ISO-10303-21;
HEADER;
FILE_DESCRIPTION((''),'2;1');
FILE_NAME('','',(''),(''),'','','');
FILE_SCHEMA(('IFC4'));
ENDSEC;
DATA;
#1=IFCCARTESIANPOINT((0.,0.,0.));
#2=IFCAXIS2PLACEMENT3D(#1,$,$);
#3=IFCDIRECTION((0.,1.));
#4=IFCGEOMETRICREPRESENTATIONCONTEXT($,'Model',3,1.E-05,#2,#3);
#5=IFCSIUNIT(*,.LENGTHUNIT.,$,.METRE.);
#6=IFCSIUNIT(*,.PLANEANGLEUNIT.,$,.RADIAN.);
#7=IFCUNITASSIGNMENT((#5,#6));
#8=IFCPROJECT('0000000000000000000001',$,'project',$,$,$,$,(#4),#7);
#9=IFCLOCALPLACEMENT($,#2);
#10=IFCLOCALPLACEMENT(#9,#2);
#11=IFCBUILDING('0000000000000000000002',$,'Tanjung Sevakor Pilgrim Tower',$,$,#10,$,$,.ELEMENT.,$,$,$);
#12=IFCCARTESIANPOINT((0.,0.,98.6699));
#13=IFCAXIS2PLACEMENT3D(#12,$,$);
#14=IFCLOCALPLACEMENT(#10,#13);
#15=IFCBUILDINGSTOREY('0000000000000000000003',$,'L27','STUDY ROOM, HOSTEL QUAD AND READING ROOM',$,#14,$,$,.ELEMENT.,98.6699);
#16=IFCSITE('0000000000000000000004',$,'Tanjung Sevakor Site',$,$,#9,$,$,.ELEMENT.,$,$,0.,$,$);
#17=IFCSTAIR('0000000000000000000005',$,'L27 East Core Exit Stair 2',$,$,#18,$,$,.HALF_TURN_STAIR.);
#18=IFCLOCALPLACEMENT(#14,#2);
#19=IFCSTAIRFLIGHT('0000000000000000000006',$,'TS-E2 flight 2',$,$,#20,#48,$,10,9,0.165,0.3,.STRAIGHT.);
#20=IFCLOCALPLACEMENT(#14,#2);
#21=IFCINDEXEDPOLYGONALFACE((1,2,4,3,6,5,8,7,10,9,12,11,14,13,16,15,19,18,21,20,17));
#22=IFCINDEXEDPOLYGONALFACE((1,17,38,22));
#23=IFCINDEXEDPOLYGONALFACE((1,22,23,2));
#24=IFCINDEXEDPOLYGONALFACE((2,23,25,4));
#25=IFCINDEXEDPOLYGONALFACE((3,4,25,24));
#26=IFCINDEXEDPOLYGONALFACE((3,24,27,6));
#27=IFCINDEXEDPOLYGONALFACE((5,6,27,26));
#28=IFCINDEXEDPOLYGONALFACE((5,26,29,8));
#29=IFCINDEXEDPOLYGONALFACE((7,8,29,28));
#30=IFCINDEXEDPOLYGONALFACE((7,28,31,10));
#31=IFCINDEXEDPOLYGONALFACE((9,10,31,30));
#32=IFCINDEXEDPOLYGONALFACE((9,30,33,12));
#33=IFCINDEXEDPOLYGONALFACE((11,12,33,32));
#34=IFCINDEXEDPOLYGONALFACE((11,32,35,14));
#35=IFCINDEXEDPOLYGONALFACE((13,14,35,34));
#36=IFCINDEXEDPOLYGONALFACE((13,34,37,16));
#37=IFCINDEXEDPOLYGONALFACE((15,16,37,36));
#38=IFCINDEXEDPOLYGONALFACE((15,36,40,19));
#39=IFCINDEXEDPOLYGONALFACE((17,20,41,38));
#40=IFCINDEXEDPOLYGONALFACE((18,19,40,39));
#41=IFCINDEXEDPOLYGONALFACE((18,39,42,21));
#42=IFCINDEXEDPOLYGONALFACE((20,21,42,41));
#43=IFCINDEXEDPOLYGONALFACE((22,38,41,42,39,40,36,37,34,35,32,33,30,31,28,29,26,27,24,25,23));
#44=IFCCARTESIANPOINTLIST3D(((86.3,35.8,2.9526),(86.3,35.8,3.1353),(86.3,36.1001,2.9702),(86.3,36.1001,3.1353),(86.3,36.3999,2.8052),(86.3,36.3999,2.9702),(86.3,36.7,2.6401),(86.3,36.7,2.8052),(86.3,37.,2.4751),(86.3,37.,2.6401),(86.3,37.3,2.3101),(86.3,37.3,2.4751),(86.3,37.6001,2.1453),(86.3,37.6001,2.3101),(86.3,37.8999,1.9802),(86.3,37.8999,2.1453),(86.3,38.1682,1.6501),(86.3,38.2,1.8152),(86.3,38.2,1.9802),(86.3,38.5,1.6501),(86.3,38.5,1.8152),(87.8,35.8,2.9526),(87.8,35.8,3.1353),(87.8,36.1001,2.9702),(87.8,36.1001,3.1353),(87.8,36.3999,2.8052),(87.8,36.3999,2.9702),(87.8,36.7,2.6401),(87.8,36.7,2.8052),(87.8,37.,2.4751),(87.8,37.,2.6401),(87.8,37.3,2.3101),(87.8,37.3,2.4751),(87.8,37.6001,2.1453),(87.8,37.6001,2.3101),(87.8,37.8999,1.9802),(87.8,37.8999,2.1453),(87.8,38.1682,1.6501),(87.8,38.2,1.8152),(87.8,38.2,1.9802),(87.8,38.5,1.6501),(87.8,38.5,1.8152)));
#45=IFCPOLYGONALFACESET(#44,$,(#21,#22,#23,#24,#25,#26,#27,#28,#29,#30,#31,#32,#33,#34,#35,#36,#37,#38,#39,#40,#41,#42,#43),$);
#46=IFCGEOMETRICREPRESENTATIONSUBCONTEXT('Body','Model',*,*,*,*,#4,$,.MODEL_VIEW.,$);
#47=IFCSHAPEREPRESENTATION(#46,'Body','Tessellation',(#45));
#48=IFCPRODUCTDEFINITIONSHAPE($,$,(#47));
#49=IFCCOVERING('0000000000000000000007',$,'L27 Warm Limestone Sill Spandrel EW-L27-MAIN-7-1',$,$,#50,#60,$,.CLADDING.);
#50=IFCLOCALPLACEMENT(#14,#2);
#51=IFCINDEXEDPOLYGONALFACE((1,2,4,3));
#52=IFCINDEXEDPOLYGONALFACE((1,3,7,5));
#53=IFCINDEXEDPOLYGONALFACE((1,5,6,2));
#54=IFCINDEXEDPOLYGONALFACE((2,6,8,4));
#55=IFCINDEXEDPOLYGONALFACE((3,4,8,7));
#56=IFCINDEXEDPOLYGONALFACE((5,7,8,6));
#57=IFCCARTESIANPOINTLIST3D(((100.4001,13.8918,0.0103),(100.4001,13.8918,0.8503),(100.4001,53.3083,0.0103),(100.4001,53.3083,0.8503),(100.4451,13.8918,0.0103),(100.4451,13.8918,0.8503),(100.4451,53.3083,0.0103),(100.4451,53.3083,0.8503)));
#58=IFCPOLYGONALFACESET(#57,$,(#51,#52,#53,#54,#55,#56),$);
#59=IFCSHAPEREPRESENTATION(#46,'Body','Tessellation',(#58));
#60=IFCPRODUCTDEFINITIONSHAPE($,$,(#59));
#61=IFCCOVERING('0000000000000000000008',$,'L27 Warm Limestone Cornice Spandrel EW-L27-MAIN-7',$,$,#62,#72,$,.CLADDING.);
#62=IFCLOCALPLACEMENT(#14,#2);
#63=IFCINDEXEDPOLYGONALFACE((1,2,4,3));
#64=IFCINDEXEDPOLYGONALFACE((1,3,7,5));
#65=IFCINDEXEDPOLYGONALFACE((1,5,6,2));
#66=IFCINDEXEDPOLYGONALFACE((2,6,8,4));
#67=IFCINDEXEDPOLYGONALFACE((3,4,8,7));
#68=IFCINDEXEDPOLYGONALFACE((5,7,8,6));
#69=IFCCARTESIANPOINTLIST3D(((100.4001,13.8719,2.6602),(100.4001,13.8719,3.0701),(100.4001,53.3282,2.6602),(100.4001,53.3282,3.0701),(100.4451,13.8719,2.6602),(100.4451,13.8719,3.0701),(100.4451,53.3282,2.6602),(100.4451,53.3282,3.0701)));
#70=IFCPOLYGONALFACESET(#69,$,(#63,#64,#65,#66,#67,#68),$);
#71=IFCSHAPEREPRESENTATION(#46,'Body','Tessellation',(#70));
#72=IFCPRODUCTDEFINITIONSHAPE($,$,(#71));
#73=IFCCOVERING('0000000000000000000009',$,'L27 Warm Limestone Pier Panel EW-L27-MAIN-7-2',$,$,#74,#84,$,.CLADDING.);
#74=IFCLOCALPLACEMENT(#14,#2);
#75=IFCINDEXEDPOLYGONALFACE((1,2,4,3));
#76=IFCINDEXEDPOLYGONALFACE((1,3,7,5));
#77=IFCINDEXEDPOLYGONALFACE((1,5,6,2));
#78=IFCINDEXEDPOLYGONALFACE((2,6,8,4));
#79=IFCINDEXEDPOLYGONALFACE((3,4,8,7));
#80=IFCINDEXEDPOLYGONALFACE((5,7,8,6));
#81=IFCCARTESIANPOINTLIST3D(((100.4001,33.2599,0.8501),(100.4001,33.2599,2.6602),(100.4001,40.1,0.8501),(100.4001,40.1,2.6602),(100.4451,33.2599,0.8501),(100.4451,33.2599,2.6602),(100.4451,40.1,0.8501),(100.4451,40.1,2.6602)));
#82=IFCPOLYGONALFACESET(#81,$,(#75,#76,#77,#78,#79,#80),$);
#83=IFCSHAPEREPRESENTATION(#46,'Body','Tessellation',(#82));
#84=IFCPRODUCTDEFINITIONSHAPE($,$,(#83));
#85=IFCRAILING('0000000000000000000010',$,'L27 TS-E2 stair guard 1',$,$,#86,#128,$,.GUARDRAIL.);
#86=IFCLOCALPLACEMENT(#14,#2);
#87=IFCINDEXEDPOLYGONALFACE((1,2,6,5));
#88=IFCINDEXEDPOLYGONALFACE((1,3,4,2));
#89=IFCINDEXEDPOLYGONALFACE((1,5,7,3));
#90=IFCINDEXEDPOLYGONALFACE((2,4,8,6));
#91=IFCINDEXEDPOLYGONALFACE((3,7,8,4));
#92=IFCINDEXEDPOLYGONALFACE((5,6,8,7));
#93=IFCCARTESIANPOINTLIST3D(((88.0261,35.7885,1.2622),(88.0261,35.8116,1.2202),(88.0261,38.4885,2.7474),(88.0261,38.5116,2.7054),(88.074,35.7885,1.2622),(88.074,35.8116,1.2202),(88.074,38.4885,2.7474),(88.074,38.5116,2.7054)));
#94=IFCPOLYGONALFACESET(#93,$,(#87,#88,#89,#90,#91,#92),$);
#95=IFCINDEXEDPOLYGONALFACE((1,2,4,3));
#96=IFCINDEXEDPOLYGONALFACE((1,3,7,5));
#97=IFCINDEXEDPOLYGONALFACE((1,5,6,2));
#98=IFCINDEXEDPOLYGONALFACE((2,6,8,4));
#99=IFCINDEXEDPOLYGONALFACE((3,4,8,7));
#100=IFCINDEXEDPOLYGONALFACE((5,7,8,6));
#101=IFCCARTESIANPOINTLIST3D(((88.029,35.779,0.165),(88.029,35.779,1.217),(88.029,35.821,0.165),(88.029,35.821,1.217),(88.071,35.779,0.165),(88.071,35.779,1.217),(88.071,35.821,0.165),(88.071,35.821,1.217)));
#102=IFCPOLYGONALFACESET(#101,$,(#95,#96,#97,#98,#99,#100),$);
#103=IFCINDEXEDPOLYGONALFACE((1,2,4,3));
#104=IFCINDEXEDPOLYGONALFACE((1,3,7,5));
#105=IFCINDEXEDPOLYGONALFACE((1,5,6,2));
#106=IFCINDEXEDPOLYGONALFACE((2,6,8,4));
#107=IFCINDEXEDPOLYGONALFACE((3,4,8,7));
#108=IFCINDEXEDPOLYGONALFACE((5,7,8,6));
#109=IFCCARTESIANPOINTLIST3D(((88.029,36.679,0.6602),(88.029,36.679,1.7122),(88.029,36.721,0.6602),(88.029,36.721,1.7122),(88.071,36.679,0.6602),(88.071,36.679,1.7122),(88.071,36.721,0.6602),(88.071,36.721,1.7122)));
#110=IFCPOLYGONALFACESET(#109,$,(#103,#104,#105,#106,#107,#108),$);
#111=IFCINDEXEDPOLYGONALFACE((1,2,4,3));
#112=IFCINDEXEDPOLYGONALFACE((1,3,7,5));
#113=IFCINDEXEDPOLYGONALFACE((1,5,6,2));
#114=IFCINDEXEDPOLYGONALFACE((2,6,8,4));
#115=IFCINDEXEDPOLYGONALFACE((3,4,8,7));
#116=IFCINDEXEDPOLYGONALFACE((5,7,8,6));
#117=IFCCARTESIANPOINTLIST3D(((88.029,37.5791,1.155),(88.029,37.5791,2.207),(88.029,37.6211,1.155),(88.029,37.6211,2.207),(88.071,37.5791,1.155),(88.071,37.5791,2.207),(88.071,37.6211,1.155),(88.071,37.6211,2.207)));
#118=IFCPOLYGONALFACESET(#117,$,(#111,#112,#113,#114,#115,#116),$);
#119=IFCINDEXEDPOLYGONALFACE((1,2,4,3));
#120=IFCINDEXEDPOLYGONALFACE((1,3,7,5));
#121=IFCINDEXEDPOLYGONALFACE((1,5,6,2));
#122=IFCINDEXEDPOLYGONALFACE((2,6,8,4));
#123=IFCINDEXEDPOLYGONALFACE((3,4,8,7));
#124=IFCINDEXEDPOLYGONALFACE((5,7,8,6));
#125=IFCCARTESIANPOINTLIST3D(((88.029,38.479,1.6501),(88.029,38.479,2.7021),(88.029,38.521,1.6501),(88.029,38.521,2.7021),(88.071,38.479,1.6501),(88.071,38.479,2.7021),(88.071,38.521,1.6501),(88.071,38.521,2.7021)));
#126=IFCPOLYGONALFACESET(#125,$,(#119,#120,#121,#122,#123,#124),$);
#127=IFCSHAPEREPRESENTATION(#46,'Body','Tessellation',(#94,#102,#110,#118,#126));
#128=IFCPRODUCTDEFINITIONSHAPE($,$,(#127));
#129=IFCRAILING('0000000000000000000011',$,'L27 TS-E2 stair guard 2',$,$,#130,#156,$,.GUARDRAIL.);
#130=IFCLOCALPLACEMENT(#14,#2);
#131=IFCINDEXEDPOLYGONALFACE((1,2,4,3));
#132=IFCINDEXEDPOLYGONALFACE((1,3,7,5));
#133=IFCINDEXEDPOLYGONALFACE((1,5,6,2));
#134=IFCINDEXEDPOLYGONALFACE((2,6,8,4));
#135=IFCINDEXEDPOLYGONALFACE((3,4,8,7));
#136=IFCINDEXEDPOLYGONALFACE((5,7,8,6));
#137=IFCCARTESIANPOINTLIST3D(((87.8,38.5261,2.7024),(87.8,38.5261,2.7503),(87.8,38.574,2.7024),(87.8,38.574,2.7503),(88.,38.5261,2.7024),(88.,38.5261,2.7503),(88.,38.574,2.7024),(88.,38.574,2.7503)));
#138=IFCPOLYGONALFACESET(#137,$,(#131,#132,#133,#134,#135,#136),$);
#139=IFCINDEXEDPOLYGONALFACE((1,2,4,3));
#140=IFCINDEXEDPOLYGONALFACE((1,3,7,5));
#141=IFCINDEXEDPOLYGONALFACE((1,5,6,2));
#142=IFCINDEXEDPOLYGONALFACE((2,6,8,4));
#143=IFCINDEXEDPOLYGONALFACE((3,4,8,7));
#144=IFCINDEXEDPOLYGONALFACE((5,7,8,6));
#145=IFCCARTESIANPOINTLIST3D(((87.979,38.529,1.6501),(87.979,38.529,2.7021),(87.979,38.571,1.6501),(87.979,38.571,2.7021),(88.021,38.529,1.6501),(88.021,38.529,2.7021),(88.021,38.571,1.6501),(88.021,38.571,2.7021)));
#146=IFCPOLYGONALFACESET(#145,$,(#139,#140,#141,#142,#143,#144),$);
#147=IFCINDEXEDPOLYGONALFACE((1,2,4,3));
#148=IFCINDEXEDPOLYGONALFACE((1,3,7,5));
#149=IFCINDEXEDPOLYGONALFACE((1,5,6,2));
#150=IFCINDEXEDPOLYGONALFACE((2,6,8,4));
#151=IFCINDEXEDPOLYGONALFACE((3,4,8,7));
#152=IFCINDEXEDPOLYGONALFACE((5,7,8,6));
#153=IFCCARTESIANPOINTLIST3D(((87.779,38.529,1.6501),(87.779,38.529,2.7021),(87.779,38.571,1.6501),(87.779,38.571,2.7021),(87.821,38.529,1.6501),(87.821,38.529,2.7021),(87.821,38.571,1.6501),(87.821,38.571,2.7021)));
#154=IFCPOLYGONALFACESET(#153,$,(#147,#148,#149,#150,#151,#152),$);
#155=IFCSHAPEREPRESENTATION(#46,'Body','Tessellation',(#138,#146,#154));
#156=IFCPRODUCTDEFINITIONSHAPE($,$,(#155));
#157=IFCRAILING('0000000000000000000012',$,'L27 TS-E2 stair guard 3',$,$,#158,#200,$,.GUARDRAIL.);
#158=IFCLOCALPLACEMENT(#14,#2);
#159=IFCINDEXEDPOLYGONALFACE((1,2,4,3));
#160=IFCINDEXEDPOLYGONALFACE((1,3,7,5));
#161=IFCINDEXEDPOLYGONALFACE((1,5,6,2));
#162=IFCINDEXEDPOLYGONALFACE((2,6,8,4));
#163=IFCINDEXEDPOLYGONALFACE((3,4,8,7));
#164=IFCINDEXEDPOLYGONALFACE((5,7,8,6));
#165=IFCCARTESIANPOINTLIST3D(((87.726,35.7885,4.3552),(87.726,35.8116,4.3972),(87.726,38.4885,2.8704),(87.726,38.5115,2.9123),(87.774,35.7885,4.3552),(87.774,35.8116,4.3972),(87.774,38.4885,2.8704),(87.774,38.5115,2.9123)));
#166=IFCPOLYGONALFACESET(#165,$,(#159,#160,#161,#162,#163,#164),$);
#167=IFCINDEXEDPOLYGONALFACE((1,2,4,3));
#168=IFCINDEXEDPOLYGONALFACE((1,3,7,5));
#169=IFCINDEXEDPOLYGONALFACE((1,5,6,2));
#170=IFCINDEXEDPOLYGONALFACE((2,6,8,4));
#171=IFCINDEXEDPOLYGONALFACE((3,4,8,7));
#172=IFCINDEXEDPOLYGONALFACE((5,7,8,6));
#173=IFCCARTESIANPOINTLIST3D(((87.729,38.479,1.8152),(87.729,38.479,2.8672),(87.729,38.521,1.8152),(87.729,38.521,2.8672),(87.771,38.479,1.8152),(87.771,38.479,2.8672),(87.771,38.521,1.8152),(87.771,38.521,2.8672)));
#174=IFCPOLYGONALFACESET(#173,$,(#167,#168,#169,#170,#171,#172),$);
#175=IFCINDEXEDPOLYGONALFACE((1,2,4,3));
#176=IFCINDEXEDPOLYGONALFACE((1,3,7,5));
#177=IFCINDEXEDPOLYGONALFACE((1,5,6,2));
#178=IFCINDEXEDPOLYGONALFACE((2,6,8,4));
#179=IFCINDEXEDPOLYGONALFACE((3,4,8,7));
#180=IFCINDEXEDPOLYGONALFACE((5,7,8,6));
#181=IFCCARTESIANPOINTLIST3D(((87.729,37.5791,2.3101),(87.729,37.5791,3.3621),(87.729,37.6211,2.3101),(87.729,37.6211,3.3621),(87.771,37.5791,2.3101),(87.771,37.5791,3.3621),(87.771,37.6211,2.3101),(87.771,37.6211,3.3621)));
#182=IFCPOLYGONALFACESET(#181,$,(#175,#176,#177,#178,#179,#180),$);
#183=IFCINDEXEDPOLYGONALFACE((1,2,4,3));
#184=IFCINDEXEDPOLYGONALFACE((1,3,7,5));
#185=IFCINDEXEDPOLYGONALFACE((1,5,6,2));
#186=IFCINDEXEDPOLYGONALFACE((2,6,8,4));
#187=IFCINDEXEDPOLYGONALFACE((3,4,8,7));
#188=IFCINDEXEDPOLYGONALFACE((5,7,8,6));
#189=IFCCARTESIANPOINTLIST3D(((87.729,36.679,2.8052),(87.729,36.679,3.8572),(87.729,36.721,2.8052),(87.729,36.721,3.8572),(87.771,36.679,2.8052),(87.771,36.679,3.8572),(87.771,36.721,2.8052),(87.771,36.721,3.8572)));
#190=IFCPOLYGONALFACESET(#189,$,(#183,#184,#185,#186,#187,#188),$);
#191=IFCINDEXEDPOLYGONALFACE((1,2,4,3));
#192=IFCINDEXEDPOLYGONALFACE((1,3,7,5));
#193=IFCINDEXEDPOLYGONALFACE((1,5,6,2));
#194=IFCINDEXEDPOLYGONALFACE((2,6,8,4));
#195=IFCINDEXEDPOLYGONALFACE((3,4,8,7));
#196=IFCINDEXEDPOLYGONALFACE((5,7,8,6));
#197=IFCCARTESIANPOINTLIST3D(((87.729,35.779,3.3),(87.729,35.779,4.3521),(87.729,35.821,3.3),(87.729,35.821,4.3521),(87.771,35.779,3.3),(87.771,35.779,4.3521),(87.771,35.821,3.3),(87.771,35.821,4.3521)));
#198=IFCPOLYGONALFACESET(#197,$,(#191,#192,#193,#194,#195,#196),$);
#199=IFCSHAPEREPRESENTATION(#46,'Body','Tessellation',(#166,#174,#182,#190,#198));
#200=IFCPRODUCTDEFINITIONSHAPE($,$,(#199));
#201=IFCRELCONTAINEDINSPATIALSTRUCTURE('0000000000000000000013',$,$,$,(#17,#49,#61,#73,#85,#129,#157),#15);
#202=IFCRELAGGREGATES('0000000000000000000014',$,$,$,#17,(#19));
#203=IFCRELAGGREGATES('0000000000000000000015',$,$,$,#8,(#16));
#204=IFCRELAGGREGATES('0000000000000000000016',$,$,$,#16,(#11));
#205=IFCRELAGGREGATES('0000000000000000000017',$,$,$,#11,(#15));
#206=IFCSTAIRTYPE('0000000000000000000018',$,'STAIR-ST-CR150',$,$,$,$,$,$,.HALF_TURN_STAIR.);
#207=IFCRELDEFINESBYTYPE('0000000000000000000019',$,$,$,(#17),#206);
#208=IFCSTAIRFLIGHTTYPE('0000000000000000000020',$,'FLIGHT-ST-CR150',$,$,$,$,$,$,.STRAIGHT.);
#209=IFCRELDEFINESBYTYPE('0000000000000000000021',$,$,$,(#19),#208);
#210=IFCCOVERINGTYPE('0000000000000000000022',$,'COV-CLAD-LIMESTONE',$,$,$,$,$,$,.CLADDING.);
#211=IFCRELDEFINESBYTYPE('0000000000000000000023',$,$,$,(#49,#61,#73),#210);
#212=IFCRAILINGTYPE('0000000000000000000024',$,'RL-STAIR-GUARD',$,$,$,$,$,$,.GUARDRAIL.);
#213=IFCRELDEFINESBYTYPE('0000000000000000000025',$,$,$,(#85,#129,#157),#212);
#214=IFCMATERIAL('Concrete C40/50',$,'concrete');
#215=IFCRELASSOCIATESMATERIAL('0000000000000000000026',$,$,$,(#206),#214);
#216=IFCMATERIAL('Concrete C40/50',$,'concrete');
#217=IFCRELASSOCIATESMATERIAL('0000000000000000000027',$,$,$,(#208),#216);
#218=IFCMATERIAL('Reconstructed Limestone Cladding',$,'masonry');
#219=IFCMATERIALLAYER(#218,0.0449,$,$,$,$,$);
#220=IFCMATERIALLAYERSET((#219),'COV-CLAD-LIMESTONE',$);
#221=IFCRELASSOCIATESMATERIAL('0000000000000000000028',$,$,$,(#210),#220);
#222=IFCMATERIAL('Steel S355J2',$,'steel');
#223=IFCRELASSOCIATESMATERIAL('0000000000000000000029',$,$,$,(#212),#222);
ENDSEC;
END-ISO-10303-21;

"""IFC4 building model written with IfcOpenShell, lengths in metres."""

from ifc_helpers import new_model, si_unit, direction, frame, origin, origin_2d, place, context, subcontext, project, spatial, polyline, rectangle, outline, extrude, material, layer, layer_set, type_object, element, aggregate, save


model = new_model("IFC4")

# Units and contexts
model_context = context("Model", 3, precision=1e-05, world=origin(), true_north=direction((0.0, 1.0)))
body_context = subcontext(model_context, "Body", "Model", "MODEL_VIEW")
ifc_project = project(units=[si_unit("LENGTHUNIT", "METRE"), si_unit("PLANEANGLEUNIT", "RADIAN")], contexts=[model_context])

# Site, building, storey
site_placement = place(None, origin())
site = spatial("IfcSite", under=ifc_project, at=site_placement, Name="Tanjung Sevakor Site", CompositionType="ELEMENT", RefElevation=0.0)
building_placement = place(site_placement, origin())
building = spatial("IfcBuilding", under=site, at=building_placement, Name="Tanjung Sevakor Pilgrim Tower", CompositionType="ELEMENT")
storey_placement = place(building_placement, frame((0.0, 0.0, 98.6699)))
storey = spatial("IfcBuildingStorey", under=building, at=storey_placement, Name="L27", Description="STUDY ROOM, HOSTEL QUAD AND READING ROOM", CompositionType="ELEMENT", Elevation=98.6699)

# Stair, stair flight
ifc_material_1 = material(Name="Concrete C40/50", Category="concrete")
stair_type = type_object("IfcStairType", Name="STAIR-ST-CR150", PredefinedType="HALF_TURN_STAIR", material=ifc_material_1)
stair_placement = place(storey_placement, origin())
stair = element("IfcStair", 1, at=stair_placement, inside=storey, type_object=stair_type, Name="L27 East Core Exit Stair 2", PredefinedType="HALF_TURN_STAIR")
ifc_material_2 = material(Name="Concrete C40/50", Category="concrete")
stair_flight_type = type_object("IfcStairFlightType", Name="FLIGHT-ST-CR150", PredefinedType="STRAIGHT", material=ifc_material_2)
stair_flight_1_placement = place(storey_placement, frame((87.05, 38.5, 1.6501), z_axis=(0.0, 0.0, 1.0), x_axis=(0.0, -1.0, 0.0)))
stair_flight_1 = element("IfcStairFlight", 2, at=stair_flight_1_placement, type_object=stair_flight_type, Name="TS-E2 flight 2", NumberOfRisers=10, NumberOfTreads=9, PredefinedType="STRAIGHT", RiserHeight=0.165, TreadLength=0.3, context=body_context, shape_type="SweptSolid", body=[
    extrude(outline(polyline([(0.0, 0.0), (0.0, 0.165), (0.3, 0.165), (0.3, 0.3301), (0.6001, 0.3301), (0.6001, 0.4951), (0.8999, 0.4951), (0.8999, 0.6599), (1.2, 0.6599), (1.2, 0.825), (1.5, 0.825), (1.5, 0.99), (1.8, 0.99), (1.8, 1.155), (2.1001, 1.155), (2.1001, 1.3201), (2.3999, 1.3201), (2.3999, 1.4851), (2.7, 1.4851), (2.7, 1.6499), (2.7, 1.3025), (0.3318, 0.0), (0.0, 0.0)])), frame((0.0, 0.75, 0.0), z_axis=(0.0, -1.0, 0.0), x_axis=(1.0, 0.0, 0.0)), (0.0, 0.0, 1.0), 1.5),
])
aggregate(stair, [stair_flight_1])

# Coverings
ifc_material_3 = material(Name="Reconstructed Limestone Cladding", Category="masonry")
ifc_layer_1 = layer(ifc_material_3, 0.0449)
ifc_layer_set_1 = layer_set([ifc_layer_1], Name="COV-CLAD-LIMESTONE")
covering_type = type_object("IfcCoveringType", Name="COV-CLAD-LIMESTONE", PredefinedType="CLADDING", material=ifc_layer_set_1)
covering_1_placement = place(storey_placement, frame((100.4226, 33.6001, 0.0103), z_axis=(0.0, 0.0, 1.0), x_axis=(0.0, 1.0, 0.0)))
element("IfcCovering", 3, at=covering_1_placement, inside=storey, type_object=covering_type, Name="L27 Warm Limestone Sill Spandrel EW-L27-MAIN-7-1", PredefinedType="CLADDING", context=body_context, shape_type="SweptSolid", body=[
    extrude(rectangle(XDim=39.4165, YDim=0.0449, at=origin_2d()), origin(), (0.0, 0.0, 1.0), 0.8401),
])
covering_2_placement = place(storey_placement, frame((100.4226, 33.6001, 2.6602), z_axis=(0.0, 0.0, 1.0), x_axis=(0.0, 1.0, 0.0)))
element("IfcCovering", 4, at=covering_2_placement, inside=storey, type_object=covering_type, Name="L27 Warm Limestone Cornice Spandrel EW-L27-MAIN-7", PredefinedType="CLADDING", context=body_context, shape_type="SweptSolid", body=[
    extrude(rectangle(XDim=39.4563, YDim=0.0449, at=origin_2d()), origin(), (0.0, 0.0, 1.0), 0.4099),
])
covering_3_placement = place(storey_placement, frame((100.4226, 36.6799, 0.8501), z_axis=(0.0, 0.0, 1.0), x_axis=(0.0, 1.0, 0.0)))
element("IfcCovering", 5, at=covering_3_placement, inside=storey, type_object=covering_type, Name="L27 Warm Limestone Pier Panel EW-L27-MAIN-7-2", PredefinedType="CLADDING", context=body_context, shape_type="SweptSolid", body=[
    extrude(rectangle(XDim=6.8401, YDim=0.0449, at=origin_2d()), origin(), (0.0, 0.0, 1.0), 1.8101),
])

# Railings
ifc_material_4 = material(Name="Steel S355J2", Category="steel")
railing_type_1 = type_object("IfcRailingType", Name="RL-STAIR-GUARD", PredefinedType="GUARDRAIL", material=ifc_material_4)
railing_1_placement = place(storey_placement, frame((88.05, 35.8, 0.165)))
element("IfcRailing", 6, at=railing_1_placement, inside=storey, type_object=railing_type_1, Name="L27 TS-E2 stair guard 1", PredefinedType="GUARDRAIL", context=body_context, shape_type="SweptSolid", body=[
    extrude(rectangle(XDim=0.0479, YDim=0.0479), frame((0.0, 0.0, 1.0762), z_axis=(0.0, 0.876198, 0.481952), x_axis=(-1.0, 0.0, 0.0)), (0.0, 0.0, 1.0), 3.0815),
    extrude(rectangle(XDim=0.042, YDim=0.042), origin(), (0.0, 0.0, 1.0), 1.052),
    extrude(rectangle(XDim=0.042, YDim=0.042), frame((0.0, 0.8999, 0.4951)), (0.0, 0.0, 1.0), 1.052),
    extrude(rectangle(XDim=0.042, YDim=0.042), frame((0.0, 1.8, 0.99)), (0.0, 0.0, 1.0), 1.052),
    extrude(rectangle(XDim=0.042, YDim=0.042), frame((0.0, 2.7, 1.4851)), (0.0, 0.0, 1.0), 1.052),
])
railing_2_placement = place(storey_placement, frame((88.0, 38.55, 1.6501)))
element("IfcRailing", 7, at=railing_2_placement, inside=storey, type_object=railing_type_1, Name="L27 TS-E2 stair guard 2", PredefinedType="GUARDRAIL", context=body_context, shape_type="SweptSolid", body=[
    extrude(rectangle(XDim=0.0479, YDim=0.0479), frame((0.0, 0.0, 1.0762), z_axis=(-1.0, 0.0, 0.0), x_axis=(0.0, -1.0, 0.0)), (0.0, 0.0, 1.0), 0.2),
    extrude(rectangle(XDim=0.042, YDim=0.042), origin(), (0.0, 0.0, 1.0), 1.052),
    extrude(rectangle(XDim=0.042, YDim=0.042), frame((-0.2, 0.0, 0.0)), (0.0, 0.0, 1.0), 1.052),
])
railing_3_placement = place(storey_placement, frame((87.75, 38.5, 1.8152)))
element("IfcRailing", 8, at=railing_3_placement, inside=storey, type_object=railing_type_1, Name="L27 TS-E2 stair guard 3", PredefinedType="GUARDRAIL", context=body_context, shape_type="SweptSolid", body=[
    extrude(rectangle(XDim=0.0479, YDim=0.0479), frame((0.0, 0.0, 1.0762), z_axis=(0.0, -0.876231, 0.481891), x_axis=(1.0, 0.0, 0.0)), (0.0, 0.0, 1.0), 3.0813),
    extrude(rectangle(XDim=0.042, YDim=0.042), origin(), (0.0, 0.0, 1.0), 1.052),
    extrude(rectangle(XDim=0.042, YDim=0.042), frame((0.0, -0.8999, 0.4949)), (0.0, 0.0, 1.0), 1.052),
    extrude(rectangle(XDim=0.042, YDim=0.042), frame((0.0, -1.8, 0.99)), (0.0, 0.0, 1.0), 1.052),
    extrude(rectangle(XDim=0.042, YDim=0.042), frame((0.0, -2.7, 1.4849)), (0.0, 0.0, 1.0), 1.052),
])

save(model, "model.ifc")
